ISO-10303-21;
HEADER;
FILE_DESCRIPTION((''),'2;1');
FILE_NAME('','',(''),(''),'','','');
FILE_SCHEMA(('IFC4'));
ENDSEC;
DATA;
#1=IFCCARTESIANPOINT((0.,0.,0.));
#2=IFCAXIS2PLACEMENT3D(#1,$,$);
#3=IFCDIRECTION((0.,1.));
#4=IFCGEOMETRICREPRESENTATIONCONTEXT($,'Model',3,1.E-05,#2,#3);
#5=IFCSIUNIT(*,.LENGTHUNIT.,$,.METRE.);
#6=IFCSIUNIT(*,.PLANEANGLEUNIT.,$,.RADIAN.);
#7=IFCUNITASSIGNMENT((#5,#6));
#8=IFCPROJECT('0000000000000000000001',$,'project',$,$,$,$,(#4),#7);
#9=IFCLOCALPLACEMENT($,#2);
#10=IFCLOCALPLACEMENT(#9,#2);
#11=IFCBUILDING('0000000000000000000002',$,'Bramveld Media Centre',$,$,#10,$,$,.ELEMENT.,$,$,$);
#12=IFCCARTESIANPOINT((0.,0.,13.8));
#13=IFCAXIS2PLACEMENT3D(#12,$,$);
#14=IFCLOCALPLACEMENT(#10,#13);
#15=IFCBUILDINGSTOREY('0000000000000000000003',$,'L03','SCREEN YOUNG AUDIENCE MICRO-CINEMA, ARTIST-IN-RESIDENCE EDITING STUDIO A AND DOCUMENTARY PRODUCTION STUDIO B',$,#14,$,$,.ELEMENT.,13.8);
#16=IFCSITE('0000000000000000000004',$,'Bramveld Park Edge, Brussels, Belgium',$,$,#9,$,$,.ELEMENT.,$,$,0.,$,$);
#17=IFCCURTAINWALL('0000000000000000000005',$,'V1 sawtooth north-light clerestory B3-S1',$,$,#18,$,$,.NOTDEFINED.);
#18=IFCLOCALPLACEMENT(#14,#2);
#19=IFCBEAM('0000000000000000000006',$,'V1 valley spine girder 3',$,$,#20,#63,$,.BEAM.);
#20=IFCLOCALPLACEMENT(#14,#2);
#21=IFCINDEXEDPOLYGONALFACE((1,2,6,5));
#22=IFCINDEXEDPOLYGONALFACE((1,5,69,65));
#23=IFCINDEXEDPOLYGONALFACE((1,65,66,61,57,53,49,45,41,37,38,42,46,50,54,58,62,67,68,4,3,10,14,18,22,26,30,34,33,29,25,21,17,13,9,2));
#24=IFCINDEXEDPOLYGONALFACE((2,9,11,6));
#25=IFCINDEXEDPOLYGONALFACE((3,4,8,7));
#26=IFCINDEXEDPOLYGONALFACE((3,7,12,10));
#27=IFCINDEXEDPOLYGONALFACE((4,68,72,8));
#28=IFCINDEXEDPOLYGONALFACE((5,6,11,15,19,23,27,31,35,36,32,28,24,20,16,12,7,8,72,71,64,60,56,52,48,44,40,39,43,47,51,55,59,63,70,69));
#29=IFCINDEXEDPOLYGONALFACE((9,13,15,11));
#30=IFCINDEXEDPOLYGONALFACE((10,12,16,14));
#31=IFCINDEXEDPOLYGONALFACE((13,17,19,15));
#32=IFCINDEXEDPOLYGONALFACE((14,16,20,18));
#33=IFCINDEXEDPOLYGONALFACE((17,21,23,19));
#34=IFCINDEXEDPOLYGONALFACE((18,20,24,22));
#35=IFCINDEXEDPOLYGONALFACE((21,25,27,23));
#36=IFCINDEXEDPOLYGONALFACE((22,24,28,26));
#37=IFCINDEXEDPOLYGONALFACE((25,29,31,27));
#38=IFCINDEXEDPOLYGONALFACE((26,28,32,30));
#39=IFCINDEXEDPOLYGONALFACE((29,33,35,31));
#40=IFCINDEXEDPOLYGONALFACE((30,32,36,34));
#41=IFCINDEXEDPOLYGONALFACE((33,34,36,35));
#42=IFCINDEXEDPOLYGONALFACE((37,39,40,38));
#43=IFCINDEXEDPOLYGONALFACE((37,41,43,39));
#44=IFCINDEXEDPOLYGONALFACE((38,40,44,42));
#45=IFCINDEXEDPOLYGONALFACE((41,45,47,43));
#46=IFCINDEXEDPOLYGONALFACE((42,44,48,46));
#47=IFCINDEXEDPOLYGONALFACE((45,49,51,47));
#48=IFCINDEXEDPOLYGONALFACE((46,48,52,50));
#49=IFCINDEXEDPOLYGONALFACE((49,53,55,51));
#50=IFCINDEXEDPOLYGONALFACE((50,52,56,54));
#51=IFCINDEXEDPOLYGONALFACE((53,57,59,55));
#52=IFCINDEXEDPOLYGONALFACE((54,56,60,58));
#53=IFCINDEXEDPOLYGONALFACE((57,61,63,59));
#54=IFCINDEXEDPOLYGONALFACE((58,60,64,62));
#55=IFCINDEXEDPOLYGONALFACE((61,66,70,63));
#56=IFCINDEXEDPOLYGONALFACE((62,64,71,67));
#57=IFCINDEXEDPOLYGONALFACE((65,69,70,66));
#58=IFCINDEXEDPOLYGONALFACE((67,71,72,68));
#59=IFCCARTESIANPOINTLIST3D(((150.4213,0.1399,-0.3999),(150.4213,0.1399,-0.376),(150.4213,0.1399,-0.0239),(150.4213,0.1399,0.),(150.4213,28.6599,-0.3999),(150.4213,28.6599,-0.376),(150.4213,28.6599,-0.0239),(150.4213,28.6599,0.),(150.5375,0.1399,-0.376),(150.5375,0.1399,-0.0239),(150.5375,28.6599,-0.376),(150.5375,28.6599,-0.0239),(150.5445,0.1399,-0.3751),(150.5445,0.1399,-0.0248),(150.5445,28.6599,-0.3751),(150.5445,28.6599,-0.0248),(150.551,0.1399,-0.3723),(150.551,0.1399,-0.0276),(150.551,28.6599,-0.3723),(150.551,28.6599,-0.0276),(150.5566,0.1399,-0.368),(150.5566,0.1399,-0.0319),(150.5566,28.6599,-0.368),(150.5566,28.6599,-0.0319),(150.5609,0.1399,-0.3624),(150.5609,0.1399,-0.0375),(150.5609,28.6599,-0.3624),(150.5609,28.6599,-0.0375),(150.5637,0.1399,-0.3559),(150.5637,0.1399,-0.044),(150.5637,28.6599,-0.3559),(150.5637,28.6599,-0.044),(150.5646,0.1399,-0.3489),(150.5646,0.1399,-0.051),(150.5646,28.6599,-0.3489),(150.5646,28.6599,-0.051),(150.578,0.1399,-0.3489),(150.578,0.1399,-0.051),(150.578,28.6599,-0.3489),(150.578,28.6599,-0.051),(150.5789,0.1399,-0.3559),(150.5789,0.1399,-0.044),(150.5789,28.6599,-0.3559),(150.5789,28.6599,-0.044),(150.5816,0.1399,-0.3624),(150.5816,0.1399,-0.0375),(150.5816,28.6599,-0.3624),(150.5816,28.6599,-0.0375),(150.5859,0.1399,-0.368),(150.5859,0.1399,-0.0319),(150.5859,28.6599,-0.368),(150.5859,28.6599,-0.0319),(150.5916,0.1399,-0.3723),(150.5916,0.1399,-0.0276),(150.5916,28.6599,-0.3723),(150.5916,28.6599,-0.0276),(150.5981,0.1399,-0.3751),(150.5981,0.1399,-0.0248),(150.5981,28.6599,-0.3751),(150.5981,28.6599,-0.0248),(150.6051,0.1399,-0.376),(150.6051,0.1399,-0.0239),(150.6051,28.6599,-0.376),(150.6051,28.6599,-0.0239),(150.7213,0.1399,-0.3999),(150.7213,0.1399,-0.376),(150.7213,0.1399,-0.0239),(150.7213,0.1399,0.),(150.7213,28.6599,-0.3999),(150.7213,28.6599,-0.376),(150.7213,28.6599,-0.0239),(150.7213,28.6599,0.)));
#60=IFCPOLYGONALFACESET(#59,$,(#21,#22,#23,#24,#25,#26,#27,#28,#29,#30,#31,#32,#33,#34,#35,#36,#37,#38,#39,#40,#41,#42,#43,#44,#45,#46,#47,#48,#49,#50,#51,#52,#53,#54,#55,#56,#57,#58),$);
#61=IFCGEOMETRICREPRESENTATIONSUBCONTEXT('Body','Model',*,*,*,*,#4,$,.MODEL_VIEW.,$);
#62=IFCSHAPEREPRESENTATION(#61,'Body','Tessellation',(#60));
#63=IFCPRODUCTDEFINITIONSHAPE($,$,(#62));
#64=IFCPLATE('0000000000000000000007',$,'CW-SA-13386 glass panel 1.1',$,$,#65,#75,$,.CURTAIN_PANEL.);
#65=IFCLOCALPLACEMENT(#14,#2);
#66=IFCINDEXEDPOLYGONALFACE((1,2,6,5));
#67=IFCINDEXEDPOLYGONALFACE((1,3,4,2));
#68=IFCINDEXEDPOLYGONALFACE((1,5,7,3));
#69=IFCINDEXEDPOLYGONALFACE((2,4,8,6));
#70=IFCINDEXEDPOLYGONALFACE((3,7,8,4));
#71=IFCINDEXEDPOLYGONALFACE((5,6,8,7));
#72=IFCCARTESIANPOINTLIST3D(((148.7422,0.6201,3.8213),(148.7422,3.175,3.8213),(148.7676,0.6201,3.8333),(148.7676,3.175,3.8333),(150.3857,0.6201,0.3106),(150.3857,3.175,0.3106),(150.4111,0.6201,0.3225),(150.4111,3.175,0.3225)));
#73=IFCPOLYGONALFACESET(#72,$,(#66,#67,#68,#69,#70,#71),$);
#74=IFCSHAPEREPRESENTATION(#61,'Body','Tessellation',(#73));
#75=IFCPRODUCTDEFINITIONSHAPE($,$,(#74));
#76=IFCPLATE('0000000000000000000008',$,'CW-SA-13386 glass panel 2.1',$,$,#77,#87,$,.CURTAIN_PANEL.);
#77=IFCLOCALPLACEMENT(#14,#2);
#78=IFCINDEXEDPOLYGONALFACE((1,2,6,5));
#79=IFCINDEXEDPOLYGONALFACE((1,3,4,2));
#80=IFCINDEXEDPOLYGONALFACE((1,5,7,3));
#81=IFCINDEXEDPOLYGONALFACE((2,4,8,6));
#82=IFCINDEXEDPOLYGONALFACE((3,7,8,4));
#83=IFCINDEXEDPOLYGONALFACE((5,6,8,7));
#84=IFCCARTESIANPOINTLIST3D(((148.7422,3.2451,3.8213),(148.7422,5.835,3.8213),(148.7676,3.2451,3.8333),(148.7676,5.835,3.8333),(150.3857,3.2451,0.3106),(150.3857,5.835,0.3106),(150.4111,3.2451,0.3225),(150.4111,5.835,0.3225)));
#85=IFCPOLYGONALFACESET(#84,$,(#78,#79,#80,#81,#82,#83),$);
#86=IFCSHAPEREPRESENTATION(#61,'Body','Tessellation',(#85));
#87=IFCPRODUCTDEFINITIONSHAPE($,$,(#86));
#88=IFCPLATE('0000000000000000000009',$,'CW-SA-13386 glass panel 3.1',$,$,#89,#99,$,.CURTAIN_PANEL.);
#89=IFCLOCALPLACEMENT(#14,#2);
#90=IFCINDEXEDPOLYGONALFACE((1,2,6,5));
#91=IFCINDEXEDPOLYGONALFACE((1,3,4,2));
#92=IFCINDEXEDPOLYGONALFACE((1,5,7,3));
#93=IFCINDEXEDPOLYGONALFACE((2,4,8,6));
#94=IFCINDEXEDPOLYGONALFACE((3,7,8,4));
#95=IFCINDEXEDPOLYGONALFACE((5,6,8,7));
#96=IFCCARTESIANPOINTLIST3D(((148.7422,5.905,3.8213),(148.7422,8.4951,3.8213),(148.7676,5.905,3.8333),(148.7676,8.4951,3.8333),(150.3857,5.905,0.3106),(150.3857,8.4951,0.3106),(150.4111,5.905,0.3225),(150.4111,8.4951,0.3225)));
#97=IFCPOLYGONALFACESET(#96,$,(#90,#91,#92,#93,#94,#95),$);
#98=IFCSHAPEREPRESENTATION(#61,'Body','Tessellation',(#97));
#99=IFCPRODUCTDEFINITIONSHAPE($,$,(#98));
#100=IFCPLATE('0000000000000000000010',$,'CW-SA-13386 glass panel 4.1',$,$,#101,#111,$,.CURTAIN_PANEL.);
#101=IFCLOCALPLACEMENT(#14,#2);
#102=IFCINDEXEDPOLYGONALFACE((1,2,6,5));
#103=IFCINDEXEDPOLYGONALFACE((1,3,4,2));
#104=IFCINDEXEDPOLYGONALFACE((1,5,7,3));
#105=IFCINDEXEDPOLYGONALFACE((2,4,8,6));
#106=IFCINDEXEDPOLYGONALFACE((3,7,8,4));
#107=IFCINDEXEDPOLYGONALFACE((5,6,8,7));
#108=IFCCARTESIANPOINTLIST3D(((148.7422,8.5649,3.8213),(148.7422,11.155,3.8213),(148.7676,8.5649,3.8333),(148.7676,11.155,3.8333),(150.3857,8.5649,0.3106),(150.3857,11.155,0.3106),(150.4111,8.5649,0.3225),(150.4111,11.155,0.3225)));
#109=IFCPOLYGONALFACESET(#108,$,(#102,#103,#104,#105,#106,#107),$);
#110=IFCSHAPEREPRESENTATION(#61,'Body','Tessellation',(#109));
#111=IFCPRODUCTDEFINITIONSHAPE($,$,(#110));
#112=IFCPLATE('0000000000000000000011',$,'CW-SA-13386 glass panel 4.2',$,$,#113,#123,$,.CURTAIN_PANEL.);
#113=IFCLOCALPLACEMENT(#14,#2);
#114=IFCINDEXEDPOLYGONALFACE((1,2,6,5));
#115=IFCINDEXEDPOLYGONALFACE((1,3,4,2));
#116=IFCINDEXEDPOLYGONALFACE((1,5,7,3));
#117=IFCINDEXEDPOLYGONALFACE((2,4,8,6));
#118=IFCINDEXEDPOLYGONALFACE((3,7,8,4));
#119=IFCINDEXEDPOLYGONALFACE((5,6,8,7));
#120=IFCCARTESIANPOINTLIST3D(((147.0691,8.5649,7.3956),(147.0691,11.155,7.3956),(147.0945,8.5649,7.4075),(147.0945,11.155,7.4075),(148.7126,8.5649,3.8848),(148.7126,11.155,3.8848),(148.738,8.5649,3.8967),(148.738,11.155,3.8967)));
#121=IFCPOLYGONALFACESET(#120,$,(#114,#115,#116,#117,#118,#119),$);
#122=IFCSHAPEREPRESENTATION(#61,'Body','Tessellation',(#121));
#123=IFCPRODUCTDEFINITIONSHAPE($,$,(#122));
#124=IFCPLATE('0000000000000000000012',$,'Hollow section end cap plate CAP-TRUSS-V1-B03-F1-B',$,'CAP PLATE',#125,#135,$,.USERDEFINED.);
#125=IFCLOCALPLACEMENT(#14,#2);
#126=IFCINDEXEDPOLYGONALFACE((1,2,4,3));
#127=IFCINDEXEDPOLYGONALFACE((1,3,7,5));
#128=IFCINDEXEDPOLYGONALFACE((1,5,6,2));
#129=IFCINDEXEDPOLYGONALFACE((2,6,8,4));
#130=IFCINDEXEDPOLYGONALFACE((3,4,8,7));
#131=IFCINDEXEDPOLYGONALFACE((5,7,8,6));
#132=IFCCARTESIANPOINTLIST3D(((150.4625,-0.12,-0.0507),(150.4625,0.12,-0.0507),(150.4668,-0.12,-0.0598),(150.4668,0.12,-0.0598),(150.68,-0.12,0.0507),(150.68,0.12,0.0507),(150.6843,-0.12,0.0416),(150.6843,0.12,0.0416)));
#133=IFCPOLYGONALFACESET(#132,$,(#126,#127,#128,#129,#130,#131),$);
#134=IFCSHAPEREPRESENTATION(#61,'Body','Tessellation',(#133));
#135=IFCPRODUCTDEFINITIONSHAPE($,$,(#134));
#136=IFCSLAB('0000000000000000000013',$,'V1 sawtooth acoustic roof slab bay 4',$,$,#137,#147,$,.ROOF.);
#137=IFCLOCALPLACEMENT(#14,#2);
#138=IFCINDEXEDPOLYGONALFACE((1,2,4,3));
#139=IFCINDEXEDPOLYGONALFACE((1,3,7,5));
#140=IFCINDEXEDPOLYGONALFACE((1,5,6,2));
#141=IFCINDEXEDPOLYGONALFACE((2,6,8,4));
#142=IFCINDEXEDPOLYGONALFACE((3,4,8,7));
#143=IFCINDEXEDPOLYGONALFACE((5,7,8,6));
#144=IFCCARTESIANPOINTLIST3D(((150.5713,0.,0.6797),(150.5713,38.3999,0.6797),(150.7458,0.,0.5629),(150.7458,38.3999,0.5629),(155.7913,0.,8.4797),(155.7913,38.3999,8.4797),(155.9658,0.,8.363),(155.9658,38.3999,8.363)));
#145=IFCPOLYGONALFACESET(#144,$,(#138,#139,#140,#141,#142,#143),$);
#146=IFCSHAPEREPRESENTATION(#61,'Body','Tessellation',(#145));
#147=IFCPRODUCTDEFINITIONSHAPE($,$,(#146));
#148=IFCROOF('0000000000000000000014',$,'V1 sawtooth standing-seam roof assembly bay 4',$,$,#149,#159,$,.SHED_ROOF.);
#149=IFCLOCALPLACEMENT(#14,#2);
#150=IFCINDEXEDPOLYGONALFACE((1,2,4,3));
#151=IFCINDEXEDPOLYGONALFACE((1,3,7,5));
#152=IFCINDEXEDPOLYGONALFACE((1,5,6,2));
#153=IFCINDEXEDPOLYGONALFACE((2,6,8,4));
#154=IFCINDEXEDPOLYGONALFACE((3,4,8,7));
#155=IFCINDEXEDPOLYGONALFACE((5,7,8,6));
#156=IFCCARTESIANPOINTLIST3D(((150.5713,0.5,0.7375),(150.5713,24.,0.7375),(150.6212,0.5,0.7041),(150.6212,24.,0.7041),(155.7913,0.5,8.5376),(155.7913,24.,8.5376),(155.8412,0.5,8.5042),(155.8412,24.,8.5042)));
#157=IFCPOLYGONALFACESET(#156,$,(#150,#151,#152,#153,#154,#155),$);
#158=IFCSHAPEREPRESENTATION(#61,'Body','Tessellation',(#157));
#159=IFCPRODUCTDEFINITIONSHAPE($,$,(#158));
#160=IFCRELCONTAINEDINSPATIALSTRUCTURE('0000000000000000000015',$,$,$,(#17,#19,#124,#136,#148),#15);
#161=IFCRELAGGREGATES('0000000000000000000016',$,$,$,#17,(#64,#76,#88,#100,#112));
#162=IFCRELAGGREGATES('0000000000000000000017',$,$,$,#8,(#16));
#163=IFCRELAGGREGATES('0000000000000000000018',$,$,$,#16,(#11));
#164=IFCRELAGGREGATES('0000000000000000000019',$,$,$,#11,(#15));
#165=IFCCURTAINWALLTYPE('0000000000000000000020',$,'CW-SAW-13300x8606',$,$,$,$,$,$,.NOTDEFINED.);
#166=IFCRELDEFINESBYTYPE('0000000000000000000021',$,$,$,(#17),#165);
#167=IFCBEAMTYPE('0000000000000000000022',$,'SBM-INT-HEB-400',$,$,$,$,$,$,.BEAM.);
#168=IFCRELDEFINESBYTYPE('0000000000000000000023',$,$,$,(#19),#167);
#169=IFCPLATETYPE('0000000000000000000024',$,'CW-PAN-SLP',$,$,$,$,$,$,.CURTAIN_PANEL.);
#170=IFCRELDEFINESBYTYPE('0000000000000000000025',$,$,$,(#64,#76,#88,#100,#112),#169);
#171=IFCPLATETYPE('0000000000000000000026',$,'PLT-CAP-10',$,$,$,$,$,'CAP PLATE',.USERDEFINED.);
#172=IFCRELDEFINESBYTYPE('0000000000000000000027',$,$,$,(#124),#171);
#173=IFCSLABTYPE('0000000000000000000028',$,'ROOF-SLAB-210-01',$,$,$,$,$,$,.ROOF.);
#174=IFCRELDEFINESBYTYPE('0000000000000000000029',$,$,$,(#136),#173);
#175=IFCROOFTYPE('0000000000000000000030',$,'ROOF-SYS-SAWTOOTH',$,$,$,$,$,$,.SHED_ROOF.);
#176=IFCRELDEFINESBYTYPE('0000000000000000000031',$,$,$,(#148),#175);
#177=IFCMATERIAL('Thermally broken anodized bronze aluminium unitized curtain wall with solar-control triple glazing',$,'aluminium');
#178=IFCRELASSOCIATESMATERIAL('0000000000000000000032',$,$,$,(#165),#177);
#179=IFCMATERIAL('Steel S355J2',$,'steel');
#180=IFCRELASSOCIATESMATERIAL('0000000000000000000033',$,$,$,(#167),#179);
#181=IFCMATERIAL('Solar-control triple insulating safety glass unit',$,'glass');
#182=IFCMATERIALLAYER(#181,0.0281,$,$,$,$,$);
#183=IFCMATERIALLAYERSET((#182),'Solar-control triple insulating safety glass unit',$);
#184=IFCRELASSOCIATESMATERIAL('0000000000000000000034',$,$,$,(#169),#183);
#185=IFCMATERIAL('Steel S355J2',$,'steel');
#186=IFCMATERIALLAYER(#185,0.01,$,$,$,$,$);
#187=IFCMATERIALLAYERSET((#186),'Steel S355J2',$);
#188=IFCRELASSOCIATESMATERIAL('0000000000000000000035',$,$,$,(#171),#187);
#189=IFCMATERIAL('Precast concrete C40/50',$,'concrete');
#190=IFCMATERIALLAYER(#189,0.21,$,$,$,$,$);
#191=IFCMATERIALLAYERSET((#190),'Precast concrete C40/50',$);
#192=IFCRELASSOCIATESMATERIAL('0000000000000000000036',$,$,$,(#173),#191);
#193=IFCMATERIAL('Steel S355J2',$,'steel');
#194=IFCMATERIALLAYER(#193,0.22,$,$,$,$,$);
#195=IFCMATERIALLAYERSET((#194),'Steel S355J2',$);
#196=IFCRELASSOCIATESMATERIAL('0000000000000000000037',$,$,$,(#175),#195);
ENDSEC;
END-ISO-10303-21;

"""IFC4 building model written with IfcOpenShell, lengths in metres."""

from ifc_helpers import new_model, si_unit, direction, frame, origin, origin_2d, place, context, subcontext, project, spatial, polyline, rectangle, i_section, outline, extrude, material, layer, layer_set, material_profile, profile_set, type_object, element, aggregate, save


model = new_model("IFC4")

# Units and contexts
model_context = context("Model", 3, precision=1e-05, world=origin(), true_north=direction((0.0, 1.0)))
body_context = subcontext(model_context, "Body", "Model", "MODEL_VIEW")
ifc_project = project(units=[si_unit("LENGTHUNIT", "METRE"), si_unit("PLANEANGLEUNIT", "RADIAN")], contexts=[model_context])

# Site, building, storey
site_placement = place(None, origin())
site = spatial("IfcSite", under=ifc_project, at=site_placement, Name="Bramveld Park Edge, Brussels, Belgium", CompositionType="ELEMENT", RefElevation=0.0)
building_placement = place(site_placement, origin())
building = spatial("IfcBuilding", under=site, at=building_placement, Name="Bramveld Media Centre", CompositionType="ELEMENT")
storey_placement = place(building_placement, frame((0.0, 0.0, 13.8)))
storey = spatial("IfcBuildingStorey", under=building, at=storey_placement, Name="L03", Description="SCREEN YOUNG AUDIENCE MICRO-CINEMA, ARTIST-IN-RESIDENCE EDITING STUDIO A AND DOCUMENTARY PRODUCTION STUDIO B", CompositionType="ELEMENT", Elevation=13.8)

# Curtain wall
ifc_material_1 = material(Name="Thermally broken anodized bronze aluminium unitized curtain wall with solar-control triple glazing", Category="aluminium")
curtain_wall_type = type_object("IfcCurtainWallType", Name="CW-SAW-13300x8606", PredefinedType="NOTDEFINED", material=ifc_material_1)
curtain_wall_placement = place(storey_placement, origin())
curtain_wall = element("IfcCurtainWall", 1, at=curtain_wall_placement, inside=storey, type_object=curtain_wall_type, Name="V1 sawtooth north-light clerestory B3-S1", PredefinedType="NOTDEFINED")

# Beam
ifc_material_2 = material(Name="Steel S355J2", Category="steel")
ifc_material_profile_1 = material_profile(ifc_material_2, i_section(OverallWidth=0.3, OverallDepth=0.3999, WebThickness=0.0134, FlangeThickness=0.0239, FilletRadius=0.0271, at=origin_2d()), Name="HEB 400")
ifc_profile_set_1 = profile_set([ifc_material_profile_1], Name="Steel S355J2")
beam_type = type_object("IfcBeamType", Name="SBM-INT-HEB-400", PredefinedType="BEAM", material=ifc_profile_set_1)
beam_placement = place(storey_placement, frame((150.5713, 0.1399, -0.2), z_axis=(0.0, 1.0, 0.0), x_axis=(-1.0, 0.0, 0.0)))
element("IfcBeam", 2, at=beam_placement, inside=storey, type_object=beam_type, Name="V1 valley spine girder 3", PredefinedType="BEAM", context=body_context, shape_type="SweptSolid", body=[
    extrude(i_section(OverallWidth=0.3, OverallDepth=0.3999, WebThickness=0.0134, FlangeThickness=0.0239, FilletRadius=0.0271, at=origin_2d()), origin(), (0.0, 0.0, 1.0), 28.52),
])

# Plates
ifc_material_3 = material(Name="Solar-control triple insulating safety glass unit", Category="glass")
ifc_layer_1 = layer(ifc_material_3, 0.0281)
ifc_layer_set_1 = layer_set([ifc_layer_1], Name="Solar-control triple insulating safety glass unit")
plate_type_1 = type_object("IfcPlateType", Name="CW-PAN-SLP", PredefinedType="CURTAIN_PANEL", material=ifc_layer_set_1)
plate_1_placement = place(storey_placement, frame((150.4111, 0.6201, 0.3225), z_axis=(0.905668, 0.0, 0.423988), x_axis=(0.0, 1.0, 0.0)))
plate_1 = element("IfcPlate", 3, at=plate_1_placement, type_object=plate_type_1, Name="CW-SA-13386 glass panel 1.1", PredefinedType="CURTAIN_PANEL", context=body_context, shape_type="SweptSolid", body=[
    extrude(outline(polyline([(0.0, 0.0), (2.5549, 0.0), (2.5549, 3.8764), (0.0, 3.8764), (0.0, 0.0)])), origin(), (0.0, 0.0, -1.0), 0.0281),
])
plate_2_placement = place(storey_placement, frame((150.4111, 3.2451, 0.3225), z_axis=(0.905668, 0.0, 0.423988), x_axis=(0.0, 1.0, 0.0)))
plate_2 = element("IfcPlate", 4, at=plate_2_placement, type_object=plate_type_1, Name="CW-SA-13386 glass panel 2.1", PredefinedType="CURTAIN_PANEL", context=body_context, shape_type="SweptSolid", body=[
    extrude(outline(polyline([(0.0, 0.0), (2.5898, 0.0), (2.5898, 3.8764), (0.0, 3.8764), (0.0, 0.0)])), origin(), (0.0, 0.0, -1.0), 0.0281),
])
plate_3_placement = place(storey_placement, frame((150.4111, 5.905, 0.3225), z_axis=(0.905668, 0.0, 0.423988), x_axis=(0.0, 1.0, 0.0)))
plate_3 = element("IfcPlate", 5, at=plate_3_placement, type_object=plate_type_1, Name="CW-SA-13386 glass panel 3.1", PredefinedType="CURTAIN_PANEL", context=body_context, shape_type="SweptSolid", body=[
    extrude(outline(polyline([(0.0, 0.0), (2.5901, 0.0), (2.5901, 3.8764), (0.0, 3.8764), (0.0, 0.0)])), origin(), (0.0, 0.0, -1.0), 0.0281),
])
plate_4_placement = place(storey_placement, frame((150.4111, 8.5649, 0.3225), z_axis=(0.905668, 0.0, 0.423988), x_axis=(0.0, 1.0, 0.0)))
plate_4 = element("IfcPlate", 6, at=plate_4_placement, type_object=plate_type_1, Name="CW-SA-13386 glass panel 4.1", PredefinedType="CURTAIN_PANEL", context=body_context, shape_type="SweptSolid", body=[
    extrude(outline(polyline([(0.0, 0.0), (2.5901, 0.0), (2.5901, 3.8764), (0.0, 3.8764), (0.0, 0.0)])), origin(), (0.0, 0.0, -1.0), 0.0281),
])
plate_5_placement = place(storey_placement, frame((148.738, 8.5649, 3.8967), z_axis=(0.905668, 0.0, 0.423988), x_axis=(0.0, 1.0, 0.0)))
plate_5 = element("IfcPlate", 7, at=plate_5_placement, type_object=plate_type_1, Name="CW-SA-13386 glass panel 4.2", PredefinedType="CURTAIN_PANEL", context=body_context, shape_type="SweptSolid", body=[
    extrude(outline(polyline([(0.0, 0.0), (2.5901, 0.0), (2.5901, 3.8764), (0.0, 3.8764), (0.0, 0.0)])), origin(), (0.0, 0.0, -1.0), 0.0281),
])
aggregate(curtain_wall, [plate_1, plate_2, plate_3, plate_4, plate_5])
ifc_material_4 = material(Name="Steel S355J2", Category="steel")
ifc_layer_2 = layer(ifc_material_4, 0.01)
ifc_layer_set_2 = layer_set([ifc_layer_2], Name="Steel S355J2")
plate_type_2 = type_object("IfcPlateType", Name="PLT-CAP-10", ElementType="CAP PLATE", PredefinedType="USERDEFINED", material=ifc_layer_set_2)
plate_6_placement = place(storey_placement, frame((150.5713, 0.0, 0.0), z_axis=(0.422618, 0.0, -0.906308), x_axis=(0.0, 1.0, 0.0)))
element("IfcPlate", 8, at=plate_6_placement, inside=storey, type_object=plate_type_2, Name="Hollow section end cap plate CAP-TRUSS-V1-B03-F1-B", ObjectType="CAP PLATE", PredefinedType="USERDEFINED", context=body_context, shape_type="SweptSolid", body=[
    extrude(rectangle(XDim=0.24, YDim=0.24, at=origin_2d()), origin(), (0.0, 0.0, 1.0), 0.01),
])

# Slab
ifc_material_5 = material(Name="Precast concrete C40/50", Category="concrete")
ifc_layer_3 = layer(ifc_material_5, 0.21)
ifc_layer_set_3 = layer_set([ifc_layer_3], Name="Precast concrete C40/50")
slab_type = type_object("IfcSlabType", Name="ROOF-SLAB-210-01", PredefinedType="ROOF", material=ifc_layer_set_3)
slab_placement = place(storey_placement, frame((150.5713, 0.0, 0.6797), z_axis=(-0.831069, 0.0, 0.55617), x_axis=(0.55617, 0.0, 0.831069)))
element("IfcSlab", 9, at=slab_placement, inside=storey, type_object=slab_type, Name="V1 sawtooth acoustic roof slab bay 4", PredefinedType="ROOF", context=body_context, shape_type="SweptSolid", body=[
    extrude(outline(polyline([(0.0, 0.0), (9.3856, 0.0), (9.3856, 38.3999), (0.0, 38.3999), (0.0, 0.0)])), origin(), (0.0, 0.0, -1.0), 0.21),
])

# Roof
ifc_material_6 = material(Name="Steel S355J2", Category="steel")
ifc_layer_4 = layer(ifc_material_6, 0.22)
ifc_layer_set_4 = layer_set([ifc_layer_4], Name="Steel S355J2")
roof_type = type_object("IfcRoofType", Name="ROOF-SYS-SAWTOOTH", PredefinedType="SHED_ROOF", material=ifc_layer_set_4)
roof_placement = place(storey_placement, frame((150.5713, 0.5, 0.7375), z_axis=(-0.831069, 0.0, 0.55617), x_axis=(0.55617, 0.0, 0.831069)))
element("IfcRoof", 10, at=roof_placement, inside=storey, type_object=roof_type, Name="V1 sawtooth standing-seam roof assembly bay 4", PredefinedType="SHED_ROOF", context=body_context, shape_type="SweptSolid", body=[
    extrude(outline(polyline([(0.0, 0.0), (9.3856, 0.0), (9.3856, 23.5), (0.0, 23.5), (0.0, 0.0)])), origin(), (0.0, 0.0, -1.0), 0.0601),
])

save(model, "model.ifc")
